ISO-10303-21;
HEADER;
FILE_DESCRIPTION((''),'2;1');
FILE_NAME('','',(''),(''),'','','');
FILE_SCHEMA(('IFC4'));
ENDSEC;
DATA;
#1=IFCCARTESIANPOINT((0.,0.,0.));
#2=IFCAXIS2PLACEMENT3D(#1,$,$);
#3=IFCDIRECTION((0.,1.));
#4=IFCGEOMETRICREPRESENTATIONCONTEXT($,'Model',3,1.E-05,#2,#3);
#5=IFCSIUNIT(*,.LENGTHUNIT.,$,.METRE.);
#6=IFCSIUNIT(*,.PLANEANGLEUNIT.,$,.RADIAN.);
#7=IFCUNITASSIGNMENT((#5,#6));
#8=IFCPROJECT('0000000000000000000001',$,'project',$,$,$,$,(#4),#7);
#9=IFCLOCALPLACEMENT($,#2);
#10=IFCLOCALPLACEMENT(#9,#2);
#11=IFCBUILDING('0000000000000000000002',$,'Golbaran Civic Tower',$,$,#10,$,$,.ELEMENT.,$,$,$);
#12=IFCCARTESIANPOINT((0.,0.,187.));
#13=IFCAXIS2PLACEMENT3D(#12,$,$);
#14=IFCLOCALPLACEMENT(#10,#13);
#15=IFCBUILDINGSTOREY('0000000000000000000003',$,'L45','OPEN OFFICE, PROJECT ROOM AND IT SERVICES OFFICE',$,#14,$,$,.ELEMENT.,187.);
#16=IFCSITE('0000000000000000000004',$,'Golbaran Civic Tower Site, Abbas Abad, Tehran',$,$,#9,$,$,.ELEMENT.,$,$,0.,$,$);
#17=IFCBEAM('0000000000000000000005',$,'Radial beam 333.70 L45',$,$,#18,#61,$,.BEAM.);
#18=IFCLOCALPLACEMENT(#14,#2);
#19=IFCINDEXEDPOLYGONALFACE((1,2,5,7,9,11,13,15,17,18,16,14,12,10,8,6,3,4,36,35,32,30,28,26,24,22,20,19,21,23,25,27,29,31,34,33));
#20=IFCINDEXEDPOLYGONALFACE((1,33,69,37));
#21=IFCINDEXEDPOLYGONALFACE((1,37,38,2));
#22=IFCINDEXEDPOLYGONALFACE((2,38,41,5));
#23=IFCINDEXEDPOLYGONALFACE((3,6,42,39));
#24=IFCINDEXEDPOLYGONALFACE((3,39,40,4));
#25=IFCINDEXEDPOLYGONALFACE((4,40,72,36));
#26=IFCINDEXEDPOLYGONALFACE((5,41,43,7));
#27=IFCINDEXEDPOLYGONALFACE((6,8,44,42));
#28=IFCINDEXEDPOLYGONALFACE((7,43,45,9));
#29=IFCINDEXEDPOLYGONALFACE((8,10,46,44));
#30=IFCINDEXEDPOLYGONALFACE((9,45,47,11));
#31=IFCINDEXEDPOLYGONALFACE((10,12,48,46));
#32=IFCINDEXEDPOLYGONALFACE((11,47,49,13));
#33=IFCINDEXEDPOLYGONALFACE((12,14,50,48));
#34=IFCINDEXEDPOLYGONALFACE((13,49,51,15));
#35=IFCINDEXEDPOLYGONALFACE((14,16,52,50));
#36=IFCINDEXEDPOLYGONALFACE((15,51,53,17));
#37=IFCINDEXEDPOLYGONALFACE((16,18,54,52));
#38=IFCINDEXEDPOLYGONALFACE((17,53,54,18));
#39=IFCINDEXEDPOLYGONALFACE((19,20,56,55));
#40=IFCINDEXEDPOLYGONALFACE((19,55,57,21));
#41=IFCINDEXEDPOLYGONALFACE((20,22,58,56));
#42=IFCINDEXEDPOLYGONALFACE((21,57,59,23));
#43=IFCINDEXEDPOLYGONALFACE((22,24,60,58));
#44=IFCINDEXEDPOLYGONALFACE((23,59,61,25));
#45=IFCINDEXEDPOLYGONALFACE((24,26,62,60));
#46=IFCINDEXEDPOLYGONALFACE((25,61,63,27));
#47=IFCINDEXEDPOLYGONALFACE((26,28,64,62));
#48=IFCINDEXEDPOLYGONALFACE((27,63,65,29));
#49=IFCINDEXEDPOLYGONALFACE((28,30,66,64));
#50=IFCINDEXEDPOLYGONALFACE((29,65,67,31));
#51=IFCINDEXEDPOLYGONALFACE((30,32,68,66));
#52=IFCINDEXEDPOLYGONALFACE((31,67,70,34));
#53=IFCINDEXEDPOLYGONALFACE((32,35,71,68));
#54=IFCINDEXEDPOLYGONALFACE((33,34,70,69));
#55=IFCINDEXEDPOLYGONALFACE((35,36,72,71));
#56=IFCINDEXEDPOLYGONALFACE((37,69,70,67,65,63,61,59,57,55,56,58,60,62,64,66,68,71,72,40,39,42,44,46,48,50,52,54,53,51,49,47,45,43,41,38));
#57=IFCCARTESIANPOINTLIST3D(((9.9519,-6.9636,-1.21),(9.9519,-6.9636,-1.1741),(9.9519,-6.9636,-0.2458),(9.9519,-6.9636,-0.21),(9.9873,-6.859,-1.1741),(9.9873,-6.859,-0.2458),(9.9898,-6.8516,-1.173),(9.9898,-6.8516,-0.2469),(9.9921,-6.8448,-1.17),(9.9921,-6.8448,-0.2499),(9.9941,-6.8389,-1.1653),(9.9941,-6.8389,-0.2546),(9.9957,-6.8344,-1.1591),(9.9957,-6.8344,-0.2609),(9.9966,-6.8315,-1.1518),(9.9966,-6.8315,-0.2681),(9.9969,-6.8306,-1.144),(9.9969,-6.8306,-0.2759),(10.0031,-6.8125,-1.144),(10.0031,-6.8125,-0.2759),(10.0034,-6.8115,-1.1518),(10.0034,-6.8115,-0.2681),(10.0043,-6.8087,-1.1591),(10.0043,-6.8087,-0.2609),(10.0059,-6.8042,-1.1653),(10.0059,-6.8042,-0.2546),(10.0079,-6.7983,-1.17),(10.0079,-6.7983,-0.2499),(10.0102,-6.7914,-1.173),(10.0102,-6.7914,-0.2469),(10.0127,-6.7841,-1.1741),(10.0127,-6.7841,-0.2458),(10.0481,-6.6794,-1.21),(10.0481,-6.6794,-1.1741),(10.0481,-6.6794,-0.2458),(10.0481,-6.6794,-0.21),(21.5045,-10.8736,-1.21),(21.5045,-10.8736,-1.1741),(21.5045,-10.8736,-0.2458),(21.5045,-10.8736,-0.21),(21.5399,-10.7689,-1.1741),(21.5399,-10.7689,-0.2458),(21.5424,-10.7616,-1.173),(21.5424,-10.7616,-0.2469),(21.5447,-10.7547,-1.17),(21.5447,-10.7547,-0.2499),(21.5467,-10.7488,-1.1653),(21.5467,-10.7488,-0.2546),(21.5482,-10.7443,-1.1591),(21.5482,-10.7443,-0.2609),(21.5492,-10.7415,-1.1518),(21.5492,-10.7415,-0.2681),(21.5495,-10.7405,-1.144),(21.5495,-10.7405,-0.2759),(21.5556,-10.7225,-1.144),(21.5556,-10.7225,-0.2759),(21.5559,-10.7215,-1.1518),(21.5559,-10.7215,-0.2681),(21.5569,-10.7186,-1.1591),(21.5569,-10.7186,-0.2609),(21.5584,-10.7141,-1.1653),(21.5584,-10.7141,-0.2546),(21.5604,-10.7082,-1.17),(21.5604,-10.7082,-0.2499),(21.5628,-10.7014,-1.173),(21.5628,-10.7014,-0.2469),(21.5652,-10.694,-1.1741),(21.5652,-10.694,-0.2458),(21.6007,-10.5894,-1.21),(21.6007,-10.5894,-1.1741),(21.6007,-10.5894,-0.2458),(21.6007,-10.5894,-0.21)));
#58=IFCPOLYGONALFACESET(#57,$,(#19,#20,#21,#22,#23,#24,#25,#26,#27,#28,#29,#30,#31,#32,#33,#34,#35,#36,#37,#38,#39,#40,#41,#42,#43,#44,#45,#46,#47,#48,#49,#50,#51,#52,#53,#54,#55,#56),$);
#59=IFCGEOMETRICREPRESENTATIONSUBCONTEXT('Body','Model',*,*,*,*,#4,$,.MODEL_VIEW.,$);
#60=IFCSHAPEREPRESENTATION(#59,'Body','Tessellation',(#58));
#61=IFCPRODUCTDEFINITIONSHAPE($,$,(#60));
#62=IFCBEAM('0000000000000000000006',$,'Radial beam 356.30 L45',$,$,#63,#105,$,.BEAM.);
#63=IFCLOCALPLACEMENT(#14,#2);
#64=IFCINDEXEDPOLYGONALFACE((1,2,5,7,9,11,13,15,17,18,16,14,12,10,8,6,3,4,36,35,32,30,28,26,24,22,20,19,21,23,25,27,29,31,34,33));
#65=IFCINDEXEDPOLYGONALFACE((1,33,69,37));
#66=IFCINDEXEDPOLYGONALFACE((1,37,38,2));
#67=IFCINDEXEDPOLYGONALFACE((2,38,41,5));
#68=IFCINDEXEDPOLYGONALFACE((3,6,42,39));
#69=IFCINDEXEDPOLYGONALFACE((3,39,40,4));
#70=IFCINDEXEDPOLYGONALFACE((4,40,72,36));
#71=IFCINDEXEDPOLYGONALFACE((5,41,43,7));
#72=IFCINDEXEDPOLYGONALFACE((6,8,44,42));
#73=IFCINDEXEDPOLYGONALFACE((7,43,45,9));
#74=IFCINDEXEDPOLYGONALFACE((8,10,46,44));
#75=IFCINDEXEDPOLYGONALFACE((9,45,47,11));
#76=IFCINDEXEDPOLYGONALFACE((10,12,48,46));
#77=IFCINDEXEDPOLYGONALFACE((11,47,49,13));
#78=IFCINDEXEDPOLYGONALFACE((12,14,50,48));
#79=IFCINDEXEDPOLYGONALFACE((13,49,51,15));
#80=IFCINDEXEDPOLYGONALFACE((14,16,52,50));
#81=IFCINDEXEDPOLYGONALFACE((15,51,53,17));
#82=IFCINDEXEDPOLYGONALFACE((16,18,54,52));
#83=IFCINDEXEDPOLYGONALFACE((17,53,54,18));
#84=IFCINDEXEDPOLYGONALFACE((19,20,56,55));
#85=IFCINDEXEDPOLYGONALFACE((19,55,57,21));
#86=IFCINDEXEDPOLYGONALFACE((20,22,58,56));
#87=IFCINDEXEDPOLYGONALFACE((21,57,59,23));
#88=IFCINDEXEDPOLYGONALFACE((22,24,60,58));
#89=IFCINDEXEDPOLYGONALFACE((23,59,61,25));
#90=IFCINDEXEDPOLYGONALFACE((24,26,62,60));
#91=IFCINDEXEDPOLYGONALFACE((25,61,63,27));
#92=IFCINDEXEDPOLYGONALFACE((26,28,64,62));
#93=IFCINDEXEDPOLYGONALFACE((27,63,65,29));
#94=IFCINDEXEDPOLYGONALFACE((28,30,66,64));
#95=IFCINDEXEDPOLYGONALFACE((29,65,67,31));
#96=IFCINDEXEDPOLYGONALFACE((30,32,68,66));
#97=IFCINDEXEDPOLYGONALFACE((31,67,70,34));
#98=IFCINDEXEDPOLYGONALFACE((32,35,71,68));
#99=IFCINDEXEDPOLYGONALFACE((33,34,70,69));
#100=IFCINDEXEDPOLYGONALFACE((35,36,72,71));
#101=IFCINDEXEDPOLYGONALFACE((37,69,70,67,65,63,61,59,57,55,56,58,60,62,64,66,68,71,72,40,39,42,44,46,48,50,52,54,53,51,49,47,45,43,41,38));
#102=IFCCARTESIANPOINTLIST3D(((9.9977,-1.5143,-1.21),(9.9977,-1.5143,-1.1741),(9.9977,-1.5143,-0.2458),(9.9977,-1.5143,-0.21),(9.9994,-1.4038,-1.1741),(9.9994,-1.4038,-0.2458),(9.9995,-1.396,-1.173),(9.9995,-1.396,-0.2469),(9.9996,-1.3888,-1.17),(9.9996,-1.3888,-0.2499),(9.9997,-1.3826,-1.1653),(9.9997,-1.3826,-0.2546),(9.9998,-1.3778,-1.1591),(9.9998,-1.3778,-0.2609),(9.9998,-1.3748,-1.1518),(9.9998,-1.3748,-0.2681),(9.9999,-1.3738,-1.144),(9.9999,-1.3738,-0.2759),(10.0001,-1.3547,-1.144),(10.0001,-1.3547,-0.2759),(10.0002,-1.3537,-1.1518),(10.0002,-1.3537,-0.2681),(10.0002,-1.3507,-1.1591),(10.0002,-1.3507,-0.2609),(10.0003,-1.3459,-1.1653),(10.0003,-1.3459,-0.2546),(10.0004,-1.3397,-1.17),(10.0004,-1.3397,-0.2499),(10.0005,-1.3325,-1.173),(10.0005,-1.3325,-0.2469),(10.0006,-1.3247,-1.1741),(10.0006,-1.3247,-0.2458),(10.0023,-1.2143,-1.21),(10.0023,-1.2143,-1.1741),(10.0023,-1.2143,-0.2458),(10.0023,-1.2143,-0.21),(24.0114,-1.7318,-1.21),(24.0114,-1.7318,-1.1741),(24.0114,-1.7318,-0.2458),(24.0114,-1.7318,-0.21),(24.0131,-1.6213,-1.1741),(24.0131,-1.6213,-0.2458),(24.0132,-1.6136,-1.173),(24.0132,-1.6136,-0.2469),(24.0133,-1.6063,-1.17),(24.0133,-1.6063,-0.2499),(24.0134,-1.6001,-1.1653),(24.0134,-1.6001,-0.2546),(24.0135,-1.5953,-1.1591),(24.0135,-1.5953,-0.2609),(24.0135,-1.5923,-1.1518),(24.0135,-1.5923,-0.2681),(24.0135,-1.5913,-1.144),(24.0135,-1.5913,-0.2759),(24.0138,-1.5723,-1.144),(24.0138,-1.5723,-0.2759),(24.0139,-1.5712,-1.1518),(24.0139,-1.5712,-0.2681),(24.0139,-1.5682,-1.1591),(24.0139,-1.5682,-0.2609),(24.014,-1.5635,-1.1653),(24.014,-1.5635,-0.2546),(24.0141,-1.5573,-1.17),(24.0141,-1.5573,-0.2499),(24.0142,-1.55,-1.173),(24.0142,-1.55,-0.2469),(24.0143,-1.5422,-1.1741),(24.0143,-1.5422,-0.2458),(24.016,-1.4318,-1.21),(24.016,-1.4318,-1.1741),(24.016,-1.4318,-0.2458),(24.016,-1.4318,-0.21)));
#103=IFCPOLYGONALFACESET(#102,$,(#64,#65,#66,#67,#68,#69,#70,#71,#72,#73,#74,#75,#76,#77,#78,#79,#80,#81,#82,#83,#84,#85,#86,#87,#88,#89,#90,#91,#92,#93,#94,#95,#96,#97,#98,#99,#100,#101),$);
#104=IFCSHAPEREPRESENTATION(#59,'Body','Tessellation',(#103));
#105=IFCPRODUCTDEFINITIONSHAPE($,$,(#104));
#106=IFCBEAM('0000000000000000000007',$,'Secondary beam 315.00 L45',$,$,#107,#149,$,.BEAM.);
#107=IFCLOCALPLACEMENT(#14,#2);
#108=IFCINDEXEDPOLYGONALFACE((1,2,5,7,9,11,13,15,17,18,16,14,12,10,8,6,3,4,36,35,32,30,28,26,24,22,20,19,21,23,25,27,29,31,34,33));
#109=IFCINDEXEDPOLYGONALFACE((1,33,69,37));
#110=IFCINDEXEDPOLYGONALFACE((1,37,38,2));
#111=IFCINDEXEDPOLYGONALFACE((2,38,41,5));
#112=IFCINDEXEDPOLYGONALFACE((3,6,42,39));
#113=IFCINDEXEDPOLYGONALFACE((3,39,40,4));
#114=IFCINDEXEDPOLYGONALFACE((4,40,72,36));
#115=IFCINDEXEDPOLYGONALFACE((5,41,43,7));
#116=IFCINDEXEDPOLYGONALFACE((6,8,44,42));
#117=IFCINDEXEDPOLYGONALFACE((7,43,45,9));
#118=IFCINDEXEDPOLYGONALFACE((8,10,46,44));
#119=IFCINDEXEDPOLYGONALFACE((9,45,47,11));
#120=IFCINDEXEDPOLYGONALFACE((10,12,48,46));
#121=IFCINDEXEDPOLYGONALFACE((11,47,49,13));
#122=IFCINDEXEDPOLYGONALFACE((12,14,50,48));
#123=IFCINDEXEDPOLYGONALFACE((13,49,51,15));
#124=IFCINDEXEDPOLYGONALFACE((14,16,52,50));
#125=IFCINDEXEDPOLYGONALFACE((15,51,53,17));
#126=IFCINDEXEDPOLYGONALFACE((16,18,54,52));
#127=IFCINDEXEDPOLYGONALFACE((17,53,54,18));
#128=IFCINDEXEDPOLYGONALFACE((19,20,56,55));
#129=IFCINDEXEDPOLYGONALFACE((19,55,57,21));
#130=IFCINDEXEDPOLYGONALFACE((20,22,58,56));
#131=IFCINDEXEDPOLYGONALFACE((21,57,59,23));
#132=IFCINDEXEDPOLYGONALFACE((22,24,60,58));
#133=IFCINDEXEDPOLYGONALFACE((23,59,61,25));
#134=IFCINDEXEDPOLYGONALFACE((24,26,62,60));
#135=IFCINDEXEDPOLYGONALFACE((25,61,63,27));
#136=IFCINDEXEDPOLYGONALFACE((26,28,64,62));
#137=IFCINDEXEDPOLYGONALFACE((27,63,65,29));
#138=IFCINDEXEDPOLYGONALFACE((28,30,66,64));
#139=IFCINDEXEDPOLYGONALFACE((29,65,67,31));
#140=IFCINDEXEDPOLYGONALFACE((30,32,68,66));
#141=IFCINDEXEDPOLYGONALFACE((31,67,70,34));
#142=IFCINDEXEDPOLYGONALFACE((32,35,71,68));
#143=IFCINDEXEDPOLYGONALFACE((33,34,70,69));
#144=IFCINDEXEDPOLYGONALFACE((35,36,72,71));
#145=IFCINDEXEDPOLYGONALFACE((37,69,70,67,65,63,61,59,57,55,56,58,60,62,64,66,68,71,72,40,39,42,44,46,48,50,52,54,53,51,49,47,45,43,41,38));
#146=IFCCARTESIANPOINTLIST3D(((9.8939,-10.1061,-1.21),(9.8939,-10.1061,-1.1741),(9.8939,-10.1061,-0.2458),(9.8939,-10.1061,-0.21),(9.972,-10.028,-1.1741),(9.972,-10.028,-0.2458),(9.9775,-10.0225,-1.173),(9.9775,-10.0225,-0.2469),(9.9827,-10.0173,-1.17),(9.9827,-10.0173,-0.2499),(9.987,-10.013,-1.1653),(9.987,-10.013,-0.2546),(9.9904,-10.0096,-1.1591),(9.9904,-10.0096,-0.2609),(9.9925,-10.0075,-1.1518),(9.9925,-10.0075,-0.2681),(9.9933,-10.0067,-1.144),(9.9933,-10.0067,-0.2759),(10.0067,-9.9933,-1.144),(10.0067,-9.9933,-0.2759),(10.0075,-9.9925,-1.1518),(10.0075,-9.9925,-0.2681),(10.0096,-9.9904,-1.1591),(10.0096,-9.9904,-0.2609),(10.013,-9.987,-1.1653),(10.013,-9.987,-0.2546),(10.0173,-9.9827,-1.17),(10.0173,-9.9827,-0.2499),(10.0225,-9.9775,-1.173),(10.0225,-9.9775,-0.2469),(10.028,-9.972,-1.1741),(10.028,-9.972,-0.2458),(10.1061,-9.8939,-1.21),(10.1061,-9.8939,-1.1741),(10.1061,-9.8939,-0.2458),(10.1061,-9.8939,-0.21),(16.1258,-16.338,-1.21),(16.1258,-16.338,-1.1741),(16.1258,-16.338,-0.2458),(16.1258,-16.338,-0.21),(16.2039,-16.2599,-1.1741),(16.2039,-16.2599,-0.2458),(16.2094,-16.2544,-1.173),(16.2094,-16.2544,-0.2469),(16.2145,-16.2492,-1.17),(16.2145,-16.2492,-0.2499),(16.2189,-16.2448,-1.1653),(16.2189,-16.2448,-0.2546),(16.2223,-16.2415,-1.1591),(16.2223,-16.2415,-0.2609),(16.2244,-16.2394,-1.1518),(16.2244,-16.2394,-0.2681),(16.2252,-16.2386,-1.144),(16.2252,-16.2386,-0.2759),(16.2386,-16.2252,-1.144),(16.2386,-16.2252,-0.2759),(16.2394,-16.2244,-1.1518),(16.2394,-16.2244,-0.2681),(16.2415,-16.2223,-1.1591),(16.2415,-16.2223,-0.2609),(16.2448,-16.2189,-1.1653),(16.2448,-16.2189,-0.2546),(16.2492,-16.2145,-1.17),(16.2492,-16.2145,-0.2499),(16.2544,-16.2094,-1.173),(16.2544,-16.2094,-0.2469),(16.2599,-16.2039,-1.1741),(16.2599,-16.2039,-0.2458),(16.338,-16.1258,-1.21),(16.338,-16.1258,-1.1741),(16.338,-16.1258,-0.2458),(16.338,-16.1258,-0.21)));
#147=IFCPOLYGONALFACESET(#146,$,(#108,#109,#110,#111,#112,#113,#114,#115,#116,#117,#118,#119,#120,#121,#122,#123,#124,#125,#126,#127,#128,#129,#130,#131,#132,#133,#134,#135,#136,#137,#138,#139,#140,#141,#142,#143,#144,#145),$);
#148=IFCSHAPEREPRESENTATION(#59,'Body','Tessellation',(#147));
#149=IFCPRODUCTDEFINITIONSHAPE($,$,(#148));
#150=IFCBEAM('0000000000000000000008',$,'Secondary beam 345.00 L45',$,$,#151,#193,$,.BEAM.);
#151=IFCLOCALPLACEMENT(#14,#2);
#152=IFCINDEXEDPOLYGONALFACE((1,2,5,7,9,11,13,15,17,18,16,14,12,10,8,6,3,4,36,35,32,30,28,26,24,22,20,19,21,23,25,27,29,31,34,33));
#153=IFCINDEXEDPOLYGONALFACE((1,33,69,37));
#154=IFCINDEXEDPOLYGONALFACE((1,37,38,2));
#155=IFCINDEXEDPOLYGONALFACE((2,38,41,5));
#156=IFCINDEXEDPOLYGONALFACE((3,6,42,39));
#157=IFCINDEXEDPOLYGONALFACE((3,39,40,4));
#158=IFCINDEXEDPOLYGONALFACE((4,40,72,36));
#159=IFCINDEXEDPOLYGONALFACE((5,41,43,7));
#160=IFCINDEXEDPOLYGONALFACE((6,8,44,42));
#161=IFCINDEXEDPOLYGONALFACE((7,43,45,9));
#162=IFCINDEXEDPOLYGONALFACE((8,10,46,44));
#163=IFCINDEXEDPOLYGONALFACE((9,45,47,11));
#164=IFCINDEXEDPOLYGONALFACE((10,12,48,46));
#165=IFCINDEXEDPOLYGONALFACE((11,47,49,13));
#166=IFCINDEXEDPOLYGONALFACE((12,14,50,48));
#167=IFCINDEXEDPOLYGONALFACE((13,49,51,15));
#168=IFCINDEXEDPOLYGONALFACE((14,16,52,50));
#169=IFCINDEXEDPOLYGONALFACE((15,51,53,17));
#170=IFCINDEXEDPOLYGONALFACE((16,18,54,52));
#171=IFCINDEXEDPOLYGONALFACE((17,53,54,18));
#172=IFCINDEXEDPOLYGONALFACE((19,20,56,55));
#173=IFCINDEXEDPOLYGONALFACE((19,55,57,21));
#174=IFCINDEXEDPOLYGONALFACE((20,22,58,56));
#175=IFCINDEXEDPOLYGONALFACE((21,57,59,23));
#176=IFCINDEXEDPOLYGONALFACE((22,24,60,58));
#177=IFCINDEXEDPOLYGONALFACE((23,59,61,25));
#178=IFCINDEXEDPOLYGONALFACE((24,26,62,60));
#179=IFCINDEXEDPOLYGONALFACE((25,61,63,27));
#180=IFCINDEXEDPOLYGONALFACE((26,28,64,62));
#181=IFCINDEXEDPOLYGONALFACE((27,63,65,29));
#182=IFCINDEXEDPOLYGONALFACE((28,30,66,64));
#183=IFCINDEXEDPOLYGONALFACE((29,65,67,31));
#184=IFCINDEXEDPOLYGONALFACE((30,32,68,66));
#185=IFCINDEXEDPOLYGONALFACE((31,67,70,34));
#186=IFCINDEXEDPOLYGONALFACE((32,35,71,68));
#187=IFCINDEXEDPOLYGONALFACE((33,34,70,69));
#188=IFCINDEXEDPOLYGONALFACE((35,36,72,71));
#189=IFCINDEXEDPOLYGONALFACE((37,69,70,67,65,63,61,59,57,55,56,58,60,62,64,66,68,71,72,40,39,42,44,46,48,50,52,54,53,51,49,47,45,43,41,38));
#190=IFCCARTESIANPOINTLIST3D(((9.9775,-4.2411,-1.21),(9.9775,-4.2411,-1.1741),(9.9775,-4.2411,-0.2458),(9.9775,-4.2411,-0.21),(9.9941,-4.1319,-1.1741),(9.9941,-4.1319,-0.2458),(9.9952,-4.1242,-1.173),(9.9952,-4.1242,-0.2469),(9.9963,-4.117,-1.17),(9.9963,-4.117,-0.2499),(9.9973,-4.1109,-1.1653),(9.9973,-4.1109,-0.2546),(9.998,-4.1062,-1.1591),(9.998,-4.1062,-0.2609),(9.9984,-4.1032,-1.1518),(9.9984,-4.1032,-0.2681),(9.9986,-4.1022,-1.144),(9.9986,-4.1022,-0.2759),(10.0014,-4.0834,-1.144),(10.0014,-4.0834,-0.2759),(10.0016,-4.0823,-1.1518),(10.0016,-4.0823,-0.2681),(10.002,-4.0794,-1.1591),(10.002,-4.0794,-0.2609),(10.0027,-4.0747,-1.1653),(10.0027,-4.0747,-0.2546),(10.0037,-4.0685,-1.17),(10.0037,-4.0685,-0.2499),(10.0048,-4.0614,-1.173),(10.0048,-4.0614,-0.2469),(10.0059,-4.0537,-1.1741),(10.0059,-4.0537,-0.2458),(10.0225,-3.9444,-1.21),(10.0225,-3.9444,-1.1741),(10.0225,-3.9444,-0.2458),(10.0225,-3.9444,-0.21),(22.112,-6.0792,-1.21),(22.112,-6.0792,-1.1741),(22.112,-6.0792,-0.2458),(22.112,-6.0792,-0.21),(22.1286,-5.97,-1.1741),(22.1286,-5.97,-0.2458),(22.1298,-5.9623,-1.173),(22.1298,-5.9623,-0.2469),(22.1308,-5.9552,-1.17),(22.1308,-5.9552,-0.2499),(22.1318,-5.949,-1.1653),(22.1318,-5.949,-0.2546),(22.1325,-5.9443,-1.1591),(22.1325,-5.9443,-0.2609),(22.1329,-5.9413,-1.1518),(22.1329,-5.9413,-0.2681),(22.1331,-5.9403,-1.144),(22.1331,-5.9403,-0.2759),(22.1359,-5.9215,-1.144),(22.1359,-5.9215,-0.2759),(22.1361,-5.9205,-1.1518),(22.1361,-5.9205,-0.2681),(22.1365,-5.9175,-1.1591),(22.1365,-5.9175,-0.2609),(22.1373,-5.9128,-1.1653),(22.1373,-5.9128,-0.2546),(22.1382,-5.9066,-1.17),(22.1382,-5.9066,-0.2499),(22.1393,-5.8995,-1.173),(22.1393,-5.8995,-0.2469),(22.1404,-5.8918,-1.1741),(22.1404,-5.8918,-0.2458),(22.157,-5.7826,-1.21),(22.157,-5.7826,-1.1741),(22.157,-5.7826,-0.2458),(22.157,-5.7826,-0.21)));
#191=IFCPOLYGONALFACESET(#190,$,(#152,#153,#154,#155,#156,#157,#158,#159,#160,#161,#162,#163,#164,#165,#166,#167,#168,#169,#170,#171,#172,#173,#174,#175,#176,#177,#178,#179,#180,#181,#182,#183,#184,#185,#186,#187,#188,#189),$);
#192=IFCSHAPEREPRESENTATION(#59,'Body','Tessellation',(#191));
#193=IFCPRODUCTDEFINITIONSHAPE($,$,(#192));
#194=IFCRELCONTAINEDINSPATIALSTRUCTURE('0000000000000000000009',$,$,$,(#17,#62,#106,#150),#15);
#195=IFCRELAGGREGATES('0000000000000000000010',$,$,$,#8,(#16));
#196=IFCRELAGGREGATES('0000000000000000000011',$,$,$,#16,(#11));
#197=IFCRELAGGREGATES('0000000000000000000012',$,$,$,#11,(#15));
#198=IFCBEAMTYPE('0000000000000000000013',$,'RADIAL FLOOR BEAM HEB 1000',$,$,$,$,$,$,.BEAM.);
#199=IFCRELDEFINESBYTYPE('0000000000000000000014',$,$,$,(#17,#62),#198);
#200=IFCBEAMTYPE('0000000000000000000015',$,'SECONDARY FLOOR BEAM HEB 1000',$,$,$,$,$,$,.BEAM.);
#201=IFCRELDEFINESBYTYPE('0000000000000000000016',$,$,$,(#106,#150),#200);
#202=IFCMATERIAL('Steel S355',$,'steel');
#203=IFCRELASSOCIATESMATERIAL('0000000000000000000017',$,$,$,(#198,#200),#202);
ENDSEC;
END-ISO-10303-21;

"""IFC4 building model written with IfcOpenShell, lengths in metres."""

from ifc_helpers import new_model, si_unit, direction, frame, origin, origin_2d, place, context, subcontext, project, spatial, i_section, extrude, material, material_profile, profile_set, type_object, element, save


model = new_model("IFC4")

# Units and contexts
model_context = context("Model", 3, precision=1e-05, world=origin(), true_north=direction((0.0, 1.0)))
body_context = subcontext(model_context, "Body", "Model", "MODEL_VIEW")
ifc_project = project(units=[si_unit("LENGTHUNIT", "METRE"), si_unit("PLANEANGLEUNIT", "RADIAN")], contexts=[model_context])

# Site, building, storey
site_placement = place(None, origin())
site = spatial("IfcSite", under=ifc_project, at=site_placement, Name="Golbaran Civic Tower Site, Abbas Abad, Tehran", CompositionType="ELEMENT", RefElevation=0.0)
building_placement = place(site_placement, origin())
building = spatial("IfcBuilding", under=site, at=building_placement, Name="Golbaran Civic Tower", CompositionType="ELEMENT")
storey_placement = place(building_placement, frame((0.0, 0.0, 187.0)))
storey = spatial("IfcBuildingStorey", under=building, at=storey_placement, Name="L45", Description="OPEN OFFICE, PROJECT ROOM AND IT SERVICES OFFICE", CompositionType="ELEMENT", Elevation=187.0)

# Beams
ifc_material_1 = material(Name="Steel S355", Category="steel")
ifc_material_profile_1 = material_profile(ifc_material_1, i_section(OverallWidth=0.3, OverallDepth=1.0, WebThickness=0.019, FlangeThickness=0.0359, FilletRadius=0.03, at=origin_2d()), Name="HEB 1000")
ifc_profile_set_1 = profile_set([ifc_material_profile_1], Name="Steel S355")
beam_type_1 = type_object("IfcBeamType", Name="RADIAL FLOOR BEAM HEB 1000", PredefinedType="BEAM", material=ifc_profile_set_1)
beam_1_placement = place(storey_placement, frame((10.0, -6.8215, -0.71), z_axis=(0.94722, -0.320584, 0.0), x_axis=(0.320584, 0.94722, 0.0)))
element("IfcBeam", 1, at=beam_1_placement, inside=storey, type_object=beam_type_1, Name="Radial beam 333.70 L45", PredefinedType="BEAM", context=body_context, shape_type="SweptSolid", body=[
    extrude(i_section(OverallWidth=0.3, OverallDepth=1.0, WebThickness=0.019, FlangeThickness=0.0359, FilletRadius=0.03, at=origin_2d()), origin(), (0.0, 0.0, 1.0), 12.1963),
])
beam_2_placement = place(storey_placement, frame((10.0, -1.3643, -0.71), z_axis=(0.99988, -0.015521, 0.0), x_axis=(0.015521, 0.99988, 0.0)))
element("IfcBeam", 2, at=beam_2_placement, inside=storey, type_object=beam_type_1, Name="Radial beam 356.30 L45", PredefinedType="BEAM", context=body_context, shape_type="SweptSolid", body=[
    extrude(i_section(OverallWidth=0.3, OverallDepth=1.0, WebThickness=0.019, FlangeThickness=0.0359, FilletRadius=0.03, at=origin_2d()), origin(), (0.0, 0.0, 1.0), 14.0154),
])
ifc_material_profile_2 = material_profile(ifc_material_1, i_section(OverallWidth=0.3, OverallDepth=1.0, WebThickness=0.019, FlangeThickness=0.0359, FilletRadius=0.03, at=origin_2d()), Name="HEB 1000")
ifc_profile_set_2 = profile_set([ifc_material_profile_2], Name="Steel S355")
beam_type_2 = type_object("IfcBeamType", Name="SECONDARY FLOOR BEAM HEB 1000", PredefinedType="BEAM", material=ifc_profile_set_2)
beam_3_placement = place(storey_placement, frame((10.0, -10.0, -0.71), z_axis=(0.707107, -0.707107, 0.0), x_axis=(0.707107, 0.707107, 0.0)))
element("IfcBeam", 3, at=beam_3_placement, inside=storey, type_object=beam_type_2, Name="Secondary beam 315.00 L45", PredefinedType="BEAM", context=body_context, shape_type="SweptSolid", body=[
    extrude(i_section(OverallWidth=0.3, OverallDepth=1.0, WebThickness=0.019, FlangeThickness=0.0359, FilletRadius=0.03, at=origin_2d()), origin(), (0.0, 0.0, 1.0), 8.8132),
])
beam_4_placement = place(storey_placement, frame((10.0, -4.0928, -0.71), z_axis=(0.988721, -0.149771, 0.0), x_axis=(0.149771, 0.988721, 0.0)))
element("IfcBeam", 4, at=beam_4_placement, inside=storey, type_object=beam_type_2, Name="Secondary beam 345.00 L45", PredefinedType="BEAM", context=body_context, shape_type="SweptSolid", body=[
    extrude(i_section(OverallWidth=0.3, OverallDepth=1.0, WebThickness=0.019, FlangeThickness=0.0359, FilletRadius=0.03, at=origin_2d()), origin(), (0.0, 0.0, 1.0), 12.2729),
])

save(model, "model.ifc")
